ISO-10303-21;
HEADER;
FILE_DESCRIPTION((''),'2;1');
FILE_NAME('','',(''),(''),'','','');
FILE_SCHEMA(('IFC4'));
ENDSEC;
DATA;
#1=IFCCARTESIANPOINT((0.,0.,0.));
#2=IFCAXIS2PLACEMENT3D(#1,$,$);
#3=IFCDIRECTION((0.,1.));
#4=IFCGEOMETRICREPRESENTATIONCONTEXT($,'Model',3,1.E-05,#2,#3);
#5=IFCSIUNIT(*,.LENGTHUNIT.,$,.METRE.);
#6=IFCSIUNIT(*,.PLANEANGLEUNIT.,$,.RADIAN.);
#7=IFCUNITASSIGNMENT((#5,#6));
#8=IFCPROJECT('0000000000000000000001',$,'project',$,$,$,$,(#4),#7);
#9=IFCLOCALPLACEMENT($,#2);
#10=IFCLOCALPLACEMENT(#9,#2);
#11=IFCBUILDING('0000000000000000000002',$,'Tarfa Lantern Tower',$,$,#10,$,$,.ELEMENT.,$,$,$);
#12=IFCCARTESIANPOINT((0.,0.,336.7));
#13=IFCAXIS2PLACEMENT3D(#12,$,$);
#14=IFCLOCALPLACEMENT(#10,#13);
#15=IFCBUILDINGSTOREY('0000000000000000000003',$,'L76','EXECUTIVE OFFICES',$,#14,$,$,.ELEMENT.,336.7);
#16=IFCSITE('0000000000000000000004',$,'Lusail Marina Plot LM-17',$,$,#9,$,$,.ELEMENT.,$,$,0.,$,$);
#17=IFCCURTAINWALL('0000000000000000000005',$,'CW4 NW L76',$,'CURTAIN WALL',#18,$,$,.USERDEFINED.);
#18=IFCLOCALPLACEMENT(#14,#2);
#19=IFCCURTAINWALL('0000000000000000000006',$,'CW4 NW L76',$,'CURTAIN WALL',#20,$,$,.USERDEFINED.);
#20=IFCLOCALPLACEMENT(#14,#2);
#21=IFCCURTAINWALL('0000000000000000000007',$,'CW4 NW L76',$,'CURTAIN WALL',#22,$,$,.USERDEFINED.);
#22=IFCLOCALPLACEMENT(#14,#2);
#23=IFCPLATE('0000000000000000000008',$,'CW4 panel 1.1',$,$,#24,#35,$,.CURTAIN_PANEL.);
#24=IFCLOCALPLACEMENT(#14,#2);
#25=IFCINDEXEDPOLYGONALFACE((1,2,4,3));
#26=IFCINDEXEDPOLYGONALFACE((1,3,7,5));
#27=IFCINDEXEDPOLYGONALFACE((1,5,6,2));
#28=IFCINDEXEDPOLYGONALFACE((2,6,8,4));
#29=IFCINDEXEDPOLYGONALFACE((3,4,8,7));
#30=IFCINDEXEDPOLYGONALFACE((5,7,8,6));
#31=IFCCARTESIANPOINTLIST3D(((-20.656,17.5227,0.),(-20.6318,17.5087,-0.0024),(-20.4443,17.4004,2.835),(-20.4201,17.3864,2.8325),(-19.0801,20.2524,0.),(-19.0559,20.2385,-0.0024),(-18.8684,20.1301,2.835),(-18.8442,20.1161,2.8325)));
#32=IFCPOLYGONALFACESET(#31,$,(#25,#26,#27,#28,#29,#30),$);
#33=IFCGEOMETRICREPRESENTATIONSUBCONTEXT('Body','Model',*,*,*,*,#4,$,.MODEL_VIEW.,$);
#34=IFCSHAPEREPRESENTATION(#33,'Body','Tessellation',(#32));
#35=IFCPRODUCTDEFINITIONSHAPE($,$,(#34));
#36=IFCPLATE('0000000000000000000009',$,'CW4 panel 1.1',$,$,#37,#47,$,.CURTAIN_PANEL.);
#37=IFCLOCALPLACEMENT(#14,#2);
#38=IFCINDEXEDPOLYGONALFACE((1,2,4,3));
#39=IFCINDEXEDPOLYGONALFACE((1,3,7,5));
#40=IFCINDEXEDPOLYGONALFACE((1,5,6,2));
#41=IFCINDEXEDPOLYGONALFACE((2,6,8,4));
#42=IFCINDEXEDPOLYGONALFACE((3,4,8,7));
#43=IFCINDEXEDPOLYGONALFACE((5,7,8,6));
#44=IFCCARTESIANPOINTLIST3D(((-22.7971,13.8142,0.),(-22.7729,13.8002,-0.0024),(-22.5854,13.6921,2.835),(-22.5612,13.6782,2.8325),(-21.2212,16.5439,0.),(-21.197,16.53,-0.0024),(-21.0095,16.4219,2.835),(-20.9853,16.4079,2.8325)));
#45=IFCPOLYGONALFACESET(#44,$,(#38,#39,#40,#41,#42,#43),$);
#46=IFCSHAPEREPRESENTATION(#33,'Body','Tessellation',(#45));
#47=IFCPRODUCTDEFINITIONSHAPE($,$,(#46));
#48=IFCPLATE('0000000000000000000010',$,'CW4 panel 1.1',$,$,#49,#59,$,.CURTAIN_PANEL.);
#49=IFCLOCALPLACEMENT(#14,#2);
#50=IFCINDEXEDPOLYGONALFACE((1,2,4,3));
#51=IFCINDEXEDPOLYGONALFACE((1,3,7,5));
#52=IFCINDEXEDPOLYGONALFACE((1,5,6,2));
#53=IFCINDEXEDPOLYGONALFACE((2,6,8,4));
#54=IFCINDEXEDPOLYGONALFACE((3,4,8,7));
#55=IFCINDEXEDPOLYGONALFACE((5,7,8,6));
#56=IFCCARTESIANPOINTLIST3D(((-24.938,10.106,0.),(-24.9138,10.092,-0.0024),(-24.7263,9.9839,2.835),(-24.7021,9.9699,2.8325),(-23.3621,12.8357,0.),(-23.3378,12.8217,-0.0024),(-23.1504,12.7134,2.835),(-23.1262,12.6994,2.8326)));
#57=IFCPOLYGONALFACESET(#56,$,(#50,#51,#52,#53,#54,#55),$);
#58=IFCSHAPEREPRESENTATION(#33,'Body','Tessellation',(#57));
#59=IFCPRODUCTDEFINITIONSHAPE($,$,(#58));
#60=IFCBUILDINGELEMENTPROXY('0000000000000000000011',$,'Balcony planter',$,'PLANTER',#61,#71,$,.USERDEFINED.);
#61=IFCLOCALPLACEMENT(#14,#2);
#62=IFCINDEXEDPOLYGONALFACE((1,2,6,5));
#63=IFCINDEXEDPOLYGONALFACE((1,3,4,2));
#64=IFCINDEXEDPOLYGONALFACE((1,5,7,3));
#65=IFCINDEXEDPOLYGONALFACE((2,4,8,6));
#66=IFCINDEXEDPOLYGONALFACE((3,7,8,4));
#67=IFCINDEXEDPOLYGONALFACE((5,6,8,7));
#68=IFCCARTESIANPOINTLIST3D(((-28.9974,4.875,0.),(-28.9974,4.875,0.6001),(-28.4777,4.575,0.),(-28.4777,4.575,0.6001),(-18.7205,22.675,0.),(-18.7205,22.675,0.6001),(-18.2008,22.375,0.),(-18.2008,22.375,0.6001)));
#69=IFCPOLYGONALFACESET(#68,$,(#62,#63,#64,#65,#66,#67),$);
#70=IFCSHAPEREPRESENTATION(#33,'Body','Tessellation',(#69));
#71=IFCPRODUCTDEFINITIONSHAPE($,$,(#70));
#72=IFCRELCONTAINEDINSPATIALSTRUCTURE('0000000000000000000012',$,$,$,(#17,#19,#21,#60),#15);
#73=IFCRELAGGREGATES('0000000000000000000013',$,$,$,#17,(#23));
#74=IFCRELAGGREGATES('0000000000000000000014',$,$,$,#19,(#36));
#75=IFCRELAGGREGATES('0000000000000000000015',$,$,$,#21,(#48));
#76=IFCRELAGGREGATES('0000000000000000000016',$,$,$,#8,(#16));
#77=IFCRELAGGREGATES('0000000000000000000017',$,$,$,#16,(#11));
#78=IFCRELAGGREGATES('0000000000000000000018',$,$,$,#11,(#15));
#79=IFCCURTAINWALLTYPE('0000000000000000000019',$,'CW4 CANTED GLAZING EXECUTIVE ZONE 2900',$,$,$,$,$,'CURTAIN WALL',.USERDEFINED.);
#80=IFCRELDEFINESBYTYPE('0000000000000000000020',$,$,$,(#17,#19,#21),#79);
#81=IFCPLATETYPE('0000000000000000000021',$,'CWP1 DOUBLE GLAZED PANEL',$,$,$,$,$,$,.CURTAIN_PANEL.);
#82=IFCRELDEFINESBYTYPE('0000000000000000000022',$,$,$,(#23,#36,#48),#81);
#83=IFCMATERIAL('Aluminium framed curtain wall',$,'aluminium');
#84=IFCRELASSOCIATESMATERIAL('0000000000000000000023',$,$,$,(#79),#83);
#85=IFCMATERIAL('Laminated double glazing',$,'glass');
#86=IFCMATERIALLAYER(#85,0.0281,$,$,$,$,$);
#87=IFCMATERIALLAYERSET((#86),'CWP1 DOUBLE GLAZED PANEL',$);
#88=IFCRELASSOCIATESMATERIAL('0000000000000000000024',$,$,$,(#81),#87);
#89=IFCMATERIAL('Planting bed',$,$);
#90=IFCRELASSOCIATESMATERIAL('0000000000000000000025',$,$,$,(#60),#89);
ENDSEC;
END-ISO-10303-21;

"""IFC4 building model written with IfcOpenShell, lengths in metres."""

from ifc_helpers import new_model, si_unit, direction, frame, origin, origin_2d, place, context, subcontext, project, spatial, polyline, rectangle, outline, extrude, material, layer, layer_set, type_object, element, aggregate, save


model = new_model("IFC4")

# Units and contexts
model_context = context("Model", 3, precision=1e-05, world=origin(), true_north=direction((0.0, 1.0)))
body_context = subcontext(model_context, "Body", "Model", "MODEL_VIEW")
ifc_project = project(units=[si_unit("LENGTHUNIT", "METRE"), si_unit("PLANEANGLEUNIT", "RADIAN")], contexts=[model_context])

# Site, building, storey
site_placement = place(None, origin())
site = spatial("IfcSite", under=ifc_project, at=site_placement, Name="Lusail Marina Plot LM-17", CompositionType="ELEMENT", RefElevation=0.0)
building_placement = place(site_placement, origin())
building = spatial("IfcBuilding", under=site, at=building_placement, Name="Tarfa Lantern Tower", CompositionType="ELEMENT")
storey_placement = place(building_placement, frame((0.0, 0.0, 336.7)))
storey = spatial("IfcBuildingStorey", under=building, at=storey_placement, Name="L76", Description="EXECUTIVE OFFICES", CompositionType="ELEMENT", Elevation=336.7)

# Shared definitions
ifc_material_1 = material(Name="Aluminium framed curtain wall", Category="aluminium")
curtain_wall_type = type_object("IfcCurtainWallType", Name="CW4 CANTED GLAZING EXECUTIVE ZONE 2900", ElementType="CURTAIN WALL", PredefinedType="USERDEFINED", material=ifc_material_1)

# Curtain walls
curtain_wall_1_placement = place(storey_placement, origin())
curtain_wall_1 = element("IfcCurtainWall", 1, at=curtain_wall_1_placement, inside=storey, type_object=curtain_wall_type, Name="CW4 NW L76", ObjectType="CURTAIN WALL", PredefinedType="USERDEFINED")
curtain_wall_2_placement = place(storey_placement, origin())
curtain_wall_2 = element("IfcCurtainWall", 2, at=curtain_wall_2_placement, inside=storey, type_object=curtain_wall_type, Name="CW4 NW L76", ObjectType="CURTAIN WALL", PredefinedType="USERDEFINED")

# Curtain wall
curtain_wall_3_placement = place(storey_placement, origin())
curtain_wall_3 = element("IfcCurtainWall", 3, at=curtain_wall_3_placement, inside=storey, type_object=curtain_wall_type, Name="CW4 NW L76", ObjectType="CURTAIN WALL", PredefinedType="USERDEFINED")

# Plates
ifc_material_2 = material(Name="Laminated double glazing", Category="glass")
ifc_layer = layer(ifc_material_2, 0.0281)
ifc_layer_set = layer_set([ifc_layer], Name="CWP1 DOUBLE GLAZED PANEL")
plate_type = type_object("IfcPlateType", Name="CWP1 DOUBLE GLAZED PANEL", PredefinedType="CURTAIN_PANEL", material=ifc_layer_set)
plate_1_placement = place(storey_placement, frame((-19.0801, 20.2524, 0.0), z_axis=(-0.862835, 0.498131, 0.085915), x_axis=(-0.499979, -0.866037, 0.0)))
plate_1 = element("IfcPlate", 4, at=plate_1_placement, type_object=plate_type, Name="CW4 panel 1.1", PredefinedType="CURTAIN_PANEL", context=body_context, shape_type="SweptSolid", body=[
    extrude(outline(polyline([(0.0, 0.0), (3.152, 0.0), (3.1521, 2.8455), (0.0001, 2.8455), (0.0, 0.0)])), origin(), (0.0, 0.0, -1.0), 0.0281),
])
aggregate(curtain_wall_1, [plate_1])
plate_2_placement = place(storey_placement, frame((-21.2212, 16.5439, 0.0), z_axis=(-0.862838, 0.498133, 0.085872), x_axis=(-0.499979, -0.866037, 0.0)))
plate_2 = element("IfcPlate", 5, at=plate_2_placement, type_object=plate_type, Name="CW4 panel 1.1", PredefinedType="CURTAIN_PANEL", context=body_context, shape_type="SweptSolid", body=[
    extrude(outline(polyline([(0.0, 0.0), (3.152, 0.0), (3.1519, 2.8455), (-0.0001, 2.8455), (0.0, 0.0)])), origin(), (0.0, 0.0, -1.0), 0.0281),
])
aggregate(curtain_wall_2, [plate_2])
plate_3_placement = place(storey_placement, frame((-23.3621, 12.8357, 0.0), z_axis=(-0.862827, 0.498148, 0.085893), x_axis=(-0.499996, -0.866028, 0.000002)))
plate_3 = element("IfcPlate", 6, at=plate_3_placement, type_object=plate_type, Name="CW4 panel 1.1", PredefinedType="CURTAIN_PANEL", context=body_context, shape_type="SweptSolid", body=[
    extrude(outline(polyline([(0.0, 0.0), (3.152, 0.0), (3.1519, 2.8455), (0.0001, 2.8455), (0.0, 0.0)])), origin(), (0.0, 0.0, -1.0), 0.0281),
])
aggregate(curtain_wall_3, [plate_3])

# Building element proxy
ifc_material_3 = material(Name="Planting bed")
proxy_placement = place(storey_placement, frame((-23.5991, 13.625, 0.0), z_axis=(0.0, 0.0, 1.0), x_axis=(-0.5, -0.866025, 0.0)))
element("IfcBuildingElementProxy", 7, at=proxy_placement, inside=storey, material=ifc_material_3, Name="Balcony planter", ObjectType="PLANTER", PredefinedType="USERDEFINED", context=body_context, shape_type="SweptSolid", body=[
    extrude(rectangle(XDim=20.5537, YDim=0.6001, at=origin_2d()), origin(), (0.0, 0.0, 1.0), 0.6001),
])

save(model, "model.ifc")
